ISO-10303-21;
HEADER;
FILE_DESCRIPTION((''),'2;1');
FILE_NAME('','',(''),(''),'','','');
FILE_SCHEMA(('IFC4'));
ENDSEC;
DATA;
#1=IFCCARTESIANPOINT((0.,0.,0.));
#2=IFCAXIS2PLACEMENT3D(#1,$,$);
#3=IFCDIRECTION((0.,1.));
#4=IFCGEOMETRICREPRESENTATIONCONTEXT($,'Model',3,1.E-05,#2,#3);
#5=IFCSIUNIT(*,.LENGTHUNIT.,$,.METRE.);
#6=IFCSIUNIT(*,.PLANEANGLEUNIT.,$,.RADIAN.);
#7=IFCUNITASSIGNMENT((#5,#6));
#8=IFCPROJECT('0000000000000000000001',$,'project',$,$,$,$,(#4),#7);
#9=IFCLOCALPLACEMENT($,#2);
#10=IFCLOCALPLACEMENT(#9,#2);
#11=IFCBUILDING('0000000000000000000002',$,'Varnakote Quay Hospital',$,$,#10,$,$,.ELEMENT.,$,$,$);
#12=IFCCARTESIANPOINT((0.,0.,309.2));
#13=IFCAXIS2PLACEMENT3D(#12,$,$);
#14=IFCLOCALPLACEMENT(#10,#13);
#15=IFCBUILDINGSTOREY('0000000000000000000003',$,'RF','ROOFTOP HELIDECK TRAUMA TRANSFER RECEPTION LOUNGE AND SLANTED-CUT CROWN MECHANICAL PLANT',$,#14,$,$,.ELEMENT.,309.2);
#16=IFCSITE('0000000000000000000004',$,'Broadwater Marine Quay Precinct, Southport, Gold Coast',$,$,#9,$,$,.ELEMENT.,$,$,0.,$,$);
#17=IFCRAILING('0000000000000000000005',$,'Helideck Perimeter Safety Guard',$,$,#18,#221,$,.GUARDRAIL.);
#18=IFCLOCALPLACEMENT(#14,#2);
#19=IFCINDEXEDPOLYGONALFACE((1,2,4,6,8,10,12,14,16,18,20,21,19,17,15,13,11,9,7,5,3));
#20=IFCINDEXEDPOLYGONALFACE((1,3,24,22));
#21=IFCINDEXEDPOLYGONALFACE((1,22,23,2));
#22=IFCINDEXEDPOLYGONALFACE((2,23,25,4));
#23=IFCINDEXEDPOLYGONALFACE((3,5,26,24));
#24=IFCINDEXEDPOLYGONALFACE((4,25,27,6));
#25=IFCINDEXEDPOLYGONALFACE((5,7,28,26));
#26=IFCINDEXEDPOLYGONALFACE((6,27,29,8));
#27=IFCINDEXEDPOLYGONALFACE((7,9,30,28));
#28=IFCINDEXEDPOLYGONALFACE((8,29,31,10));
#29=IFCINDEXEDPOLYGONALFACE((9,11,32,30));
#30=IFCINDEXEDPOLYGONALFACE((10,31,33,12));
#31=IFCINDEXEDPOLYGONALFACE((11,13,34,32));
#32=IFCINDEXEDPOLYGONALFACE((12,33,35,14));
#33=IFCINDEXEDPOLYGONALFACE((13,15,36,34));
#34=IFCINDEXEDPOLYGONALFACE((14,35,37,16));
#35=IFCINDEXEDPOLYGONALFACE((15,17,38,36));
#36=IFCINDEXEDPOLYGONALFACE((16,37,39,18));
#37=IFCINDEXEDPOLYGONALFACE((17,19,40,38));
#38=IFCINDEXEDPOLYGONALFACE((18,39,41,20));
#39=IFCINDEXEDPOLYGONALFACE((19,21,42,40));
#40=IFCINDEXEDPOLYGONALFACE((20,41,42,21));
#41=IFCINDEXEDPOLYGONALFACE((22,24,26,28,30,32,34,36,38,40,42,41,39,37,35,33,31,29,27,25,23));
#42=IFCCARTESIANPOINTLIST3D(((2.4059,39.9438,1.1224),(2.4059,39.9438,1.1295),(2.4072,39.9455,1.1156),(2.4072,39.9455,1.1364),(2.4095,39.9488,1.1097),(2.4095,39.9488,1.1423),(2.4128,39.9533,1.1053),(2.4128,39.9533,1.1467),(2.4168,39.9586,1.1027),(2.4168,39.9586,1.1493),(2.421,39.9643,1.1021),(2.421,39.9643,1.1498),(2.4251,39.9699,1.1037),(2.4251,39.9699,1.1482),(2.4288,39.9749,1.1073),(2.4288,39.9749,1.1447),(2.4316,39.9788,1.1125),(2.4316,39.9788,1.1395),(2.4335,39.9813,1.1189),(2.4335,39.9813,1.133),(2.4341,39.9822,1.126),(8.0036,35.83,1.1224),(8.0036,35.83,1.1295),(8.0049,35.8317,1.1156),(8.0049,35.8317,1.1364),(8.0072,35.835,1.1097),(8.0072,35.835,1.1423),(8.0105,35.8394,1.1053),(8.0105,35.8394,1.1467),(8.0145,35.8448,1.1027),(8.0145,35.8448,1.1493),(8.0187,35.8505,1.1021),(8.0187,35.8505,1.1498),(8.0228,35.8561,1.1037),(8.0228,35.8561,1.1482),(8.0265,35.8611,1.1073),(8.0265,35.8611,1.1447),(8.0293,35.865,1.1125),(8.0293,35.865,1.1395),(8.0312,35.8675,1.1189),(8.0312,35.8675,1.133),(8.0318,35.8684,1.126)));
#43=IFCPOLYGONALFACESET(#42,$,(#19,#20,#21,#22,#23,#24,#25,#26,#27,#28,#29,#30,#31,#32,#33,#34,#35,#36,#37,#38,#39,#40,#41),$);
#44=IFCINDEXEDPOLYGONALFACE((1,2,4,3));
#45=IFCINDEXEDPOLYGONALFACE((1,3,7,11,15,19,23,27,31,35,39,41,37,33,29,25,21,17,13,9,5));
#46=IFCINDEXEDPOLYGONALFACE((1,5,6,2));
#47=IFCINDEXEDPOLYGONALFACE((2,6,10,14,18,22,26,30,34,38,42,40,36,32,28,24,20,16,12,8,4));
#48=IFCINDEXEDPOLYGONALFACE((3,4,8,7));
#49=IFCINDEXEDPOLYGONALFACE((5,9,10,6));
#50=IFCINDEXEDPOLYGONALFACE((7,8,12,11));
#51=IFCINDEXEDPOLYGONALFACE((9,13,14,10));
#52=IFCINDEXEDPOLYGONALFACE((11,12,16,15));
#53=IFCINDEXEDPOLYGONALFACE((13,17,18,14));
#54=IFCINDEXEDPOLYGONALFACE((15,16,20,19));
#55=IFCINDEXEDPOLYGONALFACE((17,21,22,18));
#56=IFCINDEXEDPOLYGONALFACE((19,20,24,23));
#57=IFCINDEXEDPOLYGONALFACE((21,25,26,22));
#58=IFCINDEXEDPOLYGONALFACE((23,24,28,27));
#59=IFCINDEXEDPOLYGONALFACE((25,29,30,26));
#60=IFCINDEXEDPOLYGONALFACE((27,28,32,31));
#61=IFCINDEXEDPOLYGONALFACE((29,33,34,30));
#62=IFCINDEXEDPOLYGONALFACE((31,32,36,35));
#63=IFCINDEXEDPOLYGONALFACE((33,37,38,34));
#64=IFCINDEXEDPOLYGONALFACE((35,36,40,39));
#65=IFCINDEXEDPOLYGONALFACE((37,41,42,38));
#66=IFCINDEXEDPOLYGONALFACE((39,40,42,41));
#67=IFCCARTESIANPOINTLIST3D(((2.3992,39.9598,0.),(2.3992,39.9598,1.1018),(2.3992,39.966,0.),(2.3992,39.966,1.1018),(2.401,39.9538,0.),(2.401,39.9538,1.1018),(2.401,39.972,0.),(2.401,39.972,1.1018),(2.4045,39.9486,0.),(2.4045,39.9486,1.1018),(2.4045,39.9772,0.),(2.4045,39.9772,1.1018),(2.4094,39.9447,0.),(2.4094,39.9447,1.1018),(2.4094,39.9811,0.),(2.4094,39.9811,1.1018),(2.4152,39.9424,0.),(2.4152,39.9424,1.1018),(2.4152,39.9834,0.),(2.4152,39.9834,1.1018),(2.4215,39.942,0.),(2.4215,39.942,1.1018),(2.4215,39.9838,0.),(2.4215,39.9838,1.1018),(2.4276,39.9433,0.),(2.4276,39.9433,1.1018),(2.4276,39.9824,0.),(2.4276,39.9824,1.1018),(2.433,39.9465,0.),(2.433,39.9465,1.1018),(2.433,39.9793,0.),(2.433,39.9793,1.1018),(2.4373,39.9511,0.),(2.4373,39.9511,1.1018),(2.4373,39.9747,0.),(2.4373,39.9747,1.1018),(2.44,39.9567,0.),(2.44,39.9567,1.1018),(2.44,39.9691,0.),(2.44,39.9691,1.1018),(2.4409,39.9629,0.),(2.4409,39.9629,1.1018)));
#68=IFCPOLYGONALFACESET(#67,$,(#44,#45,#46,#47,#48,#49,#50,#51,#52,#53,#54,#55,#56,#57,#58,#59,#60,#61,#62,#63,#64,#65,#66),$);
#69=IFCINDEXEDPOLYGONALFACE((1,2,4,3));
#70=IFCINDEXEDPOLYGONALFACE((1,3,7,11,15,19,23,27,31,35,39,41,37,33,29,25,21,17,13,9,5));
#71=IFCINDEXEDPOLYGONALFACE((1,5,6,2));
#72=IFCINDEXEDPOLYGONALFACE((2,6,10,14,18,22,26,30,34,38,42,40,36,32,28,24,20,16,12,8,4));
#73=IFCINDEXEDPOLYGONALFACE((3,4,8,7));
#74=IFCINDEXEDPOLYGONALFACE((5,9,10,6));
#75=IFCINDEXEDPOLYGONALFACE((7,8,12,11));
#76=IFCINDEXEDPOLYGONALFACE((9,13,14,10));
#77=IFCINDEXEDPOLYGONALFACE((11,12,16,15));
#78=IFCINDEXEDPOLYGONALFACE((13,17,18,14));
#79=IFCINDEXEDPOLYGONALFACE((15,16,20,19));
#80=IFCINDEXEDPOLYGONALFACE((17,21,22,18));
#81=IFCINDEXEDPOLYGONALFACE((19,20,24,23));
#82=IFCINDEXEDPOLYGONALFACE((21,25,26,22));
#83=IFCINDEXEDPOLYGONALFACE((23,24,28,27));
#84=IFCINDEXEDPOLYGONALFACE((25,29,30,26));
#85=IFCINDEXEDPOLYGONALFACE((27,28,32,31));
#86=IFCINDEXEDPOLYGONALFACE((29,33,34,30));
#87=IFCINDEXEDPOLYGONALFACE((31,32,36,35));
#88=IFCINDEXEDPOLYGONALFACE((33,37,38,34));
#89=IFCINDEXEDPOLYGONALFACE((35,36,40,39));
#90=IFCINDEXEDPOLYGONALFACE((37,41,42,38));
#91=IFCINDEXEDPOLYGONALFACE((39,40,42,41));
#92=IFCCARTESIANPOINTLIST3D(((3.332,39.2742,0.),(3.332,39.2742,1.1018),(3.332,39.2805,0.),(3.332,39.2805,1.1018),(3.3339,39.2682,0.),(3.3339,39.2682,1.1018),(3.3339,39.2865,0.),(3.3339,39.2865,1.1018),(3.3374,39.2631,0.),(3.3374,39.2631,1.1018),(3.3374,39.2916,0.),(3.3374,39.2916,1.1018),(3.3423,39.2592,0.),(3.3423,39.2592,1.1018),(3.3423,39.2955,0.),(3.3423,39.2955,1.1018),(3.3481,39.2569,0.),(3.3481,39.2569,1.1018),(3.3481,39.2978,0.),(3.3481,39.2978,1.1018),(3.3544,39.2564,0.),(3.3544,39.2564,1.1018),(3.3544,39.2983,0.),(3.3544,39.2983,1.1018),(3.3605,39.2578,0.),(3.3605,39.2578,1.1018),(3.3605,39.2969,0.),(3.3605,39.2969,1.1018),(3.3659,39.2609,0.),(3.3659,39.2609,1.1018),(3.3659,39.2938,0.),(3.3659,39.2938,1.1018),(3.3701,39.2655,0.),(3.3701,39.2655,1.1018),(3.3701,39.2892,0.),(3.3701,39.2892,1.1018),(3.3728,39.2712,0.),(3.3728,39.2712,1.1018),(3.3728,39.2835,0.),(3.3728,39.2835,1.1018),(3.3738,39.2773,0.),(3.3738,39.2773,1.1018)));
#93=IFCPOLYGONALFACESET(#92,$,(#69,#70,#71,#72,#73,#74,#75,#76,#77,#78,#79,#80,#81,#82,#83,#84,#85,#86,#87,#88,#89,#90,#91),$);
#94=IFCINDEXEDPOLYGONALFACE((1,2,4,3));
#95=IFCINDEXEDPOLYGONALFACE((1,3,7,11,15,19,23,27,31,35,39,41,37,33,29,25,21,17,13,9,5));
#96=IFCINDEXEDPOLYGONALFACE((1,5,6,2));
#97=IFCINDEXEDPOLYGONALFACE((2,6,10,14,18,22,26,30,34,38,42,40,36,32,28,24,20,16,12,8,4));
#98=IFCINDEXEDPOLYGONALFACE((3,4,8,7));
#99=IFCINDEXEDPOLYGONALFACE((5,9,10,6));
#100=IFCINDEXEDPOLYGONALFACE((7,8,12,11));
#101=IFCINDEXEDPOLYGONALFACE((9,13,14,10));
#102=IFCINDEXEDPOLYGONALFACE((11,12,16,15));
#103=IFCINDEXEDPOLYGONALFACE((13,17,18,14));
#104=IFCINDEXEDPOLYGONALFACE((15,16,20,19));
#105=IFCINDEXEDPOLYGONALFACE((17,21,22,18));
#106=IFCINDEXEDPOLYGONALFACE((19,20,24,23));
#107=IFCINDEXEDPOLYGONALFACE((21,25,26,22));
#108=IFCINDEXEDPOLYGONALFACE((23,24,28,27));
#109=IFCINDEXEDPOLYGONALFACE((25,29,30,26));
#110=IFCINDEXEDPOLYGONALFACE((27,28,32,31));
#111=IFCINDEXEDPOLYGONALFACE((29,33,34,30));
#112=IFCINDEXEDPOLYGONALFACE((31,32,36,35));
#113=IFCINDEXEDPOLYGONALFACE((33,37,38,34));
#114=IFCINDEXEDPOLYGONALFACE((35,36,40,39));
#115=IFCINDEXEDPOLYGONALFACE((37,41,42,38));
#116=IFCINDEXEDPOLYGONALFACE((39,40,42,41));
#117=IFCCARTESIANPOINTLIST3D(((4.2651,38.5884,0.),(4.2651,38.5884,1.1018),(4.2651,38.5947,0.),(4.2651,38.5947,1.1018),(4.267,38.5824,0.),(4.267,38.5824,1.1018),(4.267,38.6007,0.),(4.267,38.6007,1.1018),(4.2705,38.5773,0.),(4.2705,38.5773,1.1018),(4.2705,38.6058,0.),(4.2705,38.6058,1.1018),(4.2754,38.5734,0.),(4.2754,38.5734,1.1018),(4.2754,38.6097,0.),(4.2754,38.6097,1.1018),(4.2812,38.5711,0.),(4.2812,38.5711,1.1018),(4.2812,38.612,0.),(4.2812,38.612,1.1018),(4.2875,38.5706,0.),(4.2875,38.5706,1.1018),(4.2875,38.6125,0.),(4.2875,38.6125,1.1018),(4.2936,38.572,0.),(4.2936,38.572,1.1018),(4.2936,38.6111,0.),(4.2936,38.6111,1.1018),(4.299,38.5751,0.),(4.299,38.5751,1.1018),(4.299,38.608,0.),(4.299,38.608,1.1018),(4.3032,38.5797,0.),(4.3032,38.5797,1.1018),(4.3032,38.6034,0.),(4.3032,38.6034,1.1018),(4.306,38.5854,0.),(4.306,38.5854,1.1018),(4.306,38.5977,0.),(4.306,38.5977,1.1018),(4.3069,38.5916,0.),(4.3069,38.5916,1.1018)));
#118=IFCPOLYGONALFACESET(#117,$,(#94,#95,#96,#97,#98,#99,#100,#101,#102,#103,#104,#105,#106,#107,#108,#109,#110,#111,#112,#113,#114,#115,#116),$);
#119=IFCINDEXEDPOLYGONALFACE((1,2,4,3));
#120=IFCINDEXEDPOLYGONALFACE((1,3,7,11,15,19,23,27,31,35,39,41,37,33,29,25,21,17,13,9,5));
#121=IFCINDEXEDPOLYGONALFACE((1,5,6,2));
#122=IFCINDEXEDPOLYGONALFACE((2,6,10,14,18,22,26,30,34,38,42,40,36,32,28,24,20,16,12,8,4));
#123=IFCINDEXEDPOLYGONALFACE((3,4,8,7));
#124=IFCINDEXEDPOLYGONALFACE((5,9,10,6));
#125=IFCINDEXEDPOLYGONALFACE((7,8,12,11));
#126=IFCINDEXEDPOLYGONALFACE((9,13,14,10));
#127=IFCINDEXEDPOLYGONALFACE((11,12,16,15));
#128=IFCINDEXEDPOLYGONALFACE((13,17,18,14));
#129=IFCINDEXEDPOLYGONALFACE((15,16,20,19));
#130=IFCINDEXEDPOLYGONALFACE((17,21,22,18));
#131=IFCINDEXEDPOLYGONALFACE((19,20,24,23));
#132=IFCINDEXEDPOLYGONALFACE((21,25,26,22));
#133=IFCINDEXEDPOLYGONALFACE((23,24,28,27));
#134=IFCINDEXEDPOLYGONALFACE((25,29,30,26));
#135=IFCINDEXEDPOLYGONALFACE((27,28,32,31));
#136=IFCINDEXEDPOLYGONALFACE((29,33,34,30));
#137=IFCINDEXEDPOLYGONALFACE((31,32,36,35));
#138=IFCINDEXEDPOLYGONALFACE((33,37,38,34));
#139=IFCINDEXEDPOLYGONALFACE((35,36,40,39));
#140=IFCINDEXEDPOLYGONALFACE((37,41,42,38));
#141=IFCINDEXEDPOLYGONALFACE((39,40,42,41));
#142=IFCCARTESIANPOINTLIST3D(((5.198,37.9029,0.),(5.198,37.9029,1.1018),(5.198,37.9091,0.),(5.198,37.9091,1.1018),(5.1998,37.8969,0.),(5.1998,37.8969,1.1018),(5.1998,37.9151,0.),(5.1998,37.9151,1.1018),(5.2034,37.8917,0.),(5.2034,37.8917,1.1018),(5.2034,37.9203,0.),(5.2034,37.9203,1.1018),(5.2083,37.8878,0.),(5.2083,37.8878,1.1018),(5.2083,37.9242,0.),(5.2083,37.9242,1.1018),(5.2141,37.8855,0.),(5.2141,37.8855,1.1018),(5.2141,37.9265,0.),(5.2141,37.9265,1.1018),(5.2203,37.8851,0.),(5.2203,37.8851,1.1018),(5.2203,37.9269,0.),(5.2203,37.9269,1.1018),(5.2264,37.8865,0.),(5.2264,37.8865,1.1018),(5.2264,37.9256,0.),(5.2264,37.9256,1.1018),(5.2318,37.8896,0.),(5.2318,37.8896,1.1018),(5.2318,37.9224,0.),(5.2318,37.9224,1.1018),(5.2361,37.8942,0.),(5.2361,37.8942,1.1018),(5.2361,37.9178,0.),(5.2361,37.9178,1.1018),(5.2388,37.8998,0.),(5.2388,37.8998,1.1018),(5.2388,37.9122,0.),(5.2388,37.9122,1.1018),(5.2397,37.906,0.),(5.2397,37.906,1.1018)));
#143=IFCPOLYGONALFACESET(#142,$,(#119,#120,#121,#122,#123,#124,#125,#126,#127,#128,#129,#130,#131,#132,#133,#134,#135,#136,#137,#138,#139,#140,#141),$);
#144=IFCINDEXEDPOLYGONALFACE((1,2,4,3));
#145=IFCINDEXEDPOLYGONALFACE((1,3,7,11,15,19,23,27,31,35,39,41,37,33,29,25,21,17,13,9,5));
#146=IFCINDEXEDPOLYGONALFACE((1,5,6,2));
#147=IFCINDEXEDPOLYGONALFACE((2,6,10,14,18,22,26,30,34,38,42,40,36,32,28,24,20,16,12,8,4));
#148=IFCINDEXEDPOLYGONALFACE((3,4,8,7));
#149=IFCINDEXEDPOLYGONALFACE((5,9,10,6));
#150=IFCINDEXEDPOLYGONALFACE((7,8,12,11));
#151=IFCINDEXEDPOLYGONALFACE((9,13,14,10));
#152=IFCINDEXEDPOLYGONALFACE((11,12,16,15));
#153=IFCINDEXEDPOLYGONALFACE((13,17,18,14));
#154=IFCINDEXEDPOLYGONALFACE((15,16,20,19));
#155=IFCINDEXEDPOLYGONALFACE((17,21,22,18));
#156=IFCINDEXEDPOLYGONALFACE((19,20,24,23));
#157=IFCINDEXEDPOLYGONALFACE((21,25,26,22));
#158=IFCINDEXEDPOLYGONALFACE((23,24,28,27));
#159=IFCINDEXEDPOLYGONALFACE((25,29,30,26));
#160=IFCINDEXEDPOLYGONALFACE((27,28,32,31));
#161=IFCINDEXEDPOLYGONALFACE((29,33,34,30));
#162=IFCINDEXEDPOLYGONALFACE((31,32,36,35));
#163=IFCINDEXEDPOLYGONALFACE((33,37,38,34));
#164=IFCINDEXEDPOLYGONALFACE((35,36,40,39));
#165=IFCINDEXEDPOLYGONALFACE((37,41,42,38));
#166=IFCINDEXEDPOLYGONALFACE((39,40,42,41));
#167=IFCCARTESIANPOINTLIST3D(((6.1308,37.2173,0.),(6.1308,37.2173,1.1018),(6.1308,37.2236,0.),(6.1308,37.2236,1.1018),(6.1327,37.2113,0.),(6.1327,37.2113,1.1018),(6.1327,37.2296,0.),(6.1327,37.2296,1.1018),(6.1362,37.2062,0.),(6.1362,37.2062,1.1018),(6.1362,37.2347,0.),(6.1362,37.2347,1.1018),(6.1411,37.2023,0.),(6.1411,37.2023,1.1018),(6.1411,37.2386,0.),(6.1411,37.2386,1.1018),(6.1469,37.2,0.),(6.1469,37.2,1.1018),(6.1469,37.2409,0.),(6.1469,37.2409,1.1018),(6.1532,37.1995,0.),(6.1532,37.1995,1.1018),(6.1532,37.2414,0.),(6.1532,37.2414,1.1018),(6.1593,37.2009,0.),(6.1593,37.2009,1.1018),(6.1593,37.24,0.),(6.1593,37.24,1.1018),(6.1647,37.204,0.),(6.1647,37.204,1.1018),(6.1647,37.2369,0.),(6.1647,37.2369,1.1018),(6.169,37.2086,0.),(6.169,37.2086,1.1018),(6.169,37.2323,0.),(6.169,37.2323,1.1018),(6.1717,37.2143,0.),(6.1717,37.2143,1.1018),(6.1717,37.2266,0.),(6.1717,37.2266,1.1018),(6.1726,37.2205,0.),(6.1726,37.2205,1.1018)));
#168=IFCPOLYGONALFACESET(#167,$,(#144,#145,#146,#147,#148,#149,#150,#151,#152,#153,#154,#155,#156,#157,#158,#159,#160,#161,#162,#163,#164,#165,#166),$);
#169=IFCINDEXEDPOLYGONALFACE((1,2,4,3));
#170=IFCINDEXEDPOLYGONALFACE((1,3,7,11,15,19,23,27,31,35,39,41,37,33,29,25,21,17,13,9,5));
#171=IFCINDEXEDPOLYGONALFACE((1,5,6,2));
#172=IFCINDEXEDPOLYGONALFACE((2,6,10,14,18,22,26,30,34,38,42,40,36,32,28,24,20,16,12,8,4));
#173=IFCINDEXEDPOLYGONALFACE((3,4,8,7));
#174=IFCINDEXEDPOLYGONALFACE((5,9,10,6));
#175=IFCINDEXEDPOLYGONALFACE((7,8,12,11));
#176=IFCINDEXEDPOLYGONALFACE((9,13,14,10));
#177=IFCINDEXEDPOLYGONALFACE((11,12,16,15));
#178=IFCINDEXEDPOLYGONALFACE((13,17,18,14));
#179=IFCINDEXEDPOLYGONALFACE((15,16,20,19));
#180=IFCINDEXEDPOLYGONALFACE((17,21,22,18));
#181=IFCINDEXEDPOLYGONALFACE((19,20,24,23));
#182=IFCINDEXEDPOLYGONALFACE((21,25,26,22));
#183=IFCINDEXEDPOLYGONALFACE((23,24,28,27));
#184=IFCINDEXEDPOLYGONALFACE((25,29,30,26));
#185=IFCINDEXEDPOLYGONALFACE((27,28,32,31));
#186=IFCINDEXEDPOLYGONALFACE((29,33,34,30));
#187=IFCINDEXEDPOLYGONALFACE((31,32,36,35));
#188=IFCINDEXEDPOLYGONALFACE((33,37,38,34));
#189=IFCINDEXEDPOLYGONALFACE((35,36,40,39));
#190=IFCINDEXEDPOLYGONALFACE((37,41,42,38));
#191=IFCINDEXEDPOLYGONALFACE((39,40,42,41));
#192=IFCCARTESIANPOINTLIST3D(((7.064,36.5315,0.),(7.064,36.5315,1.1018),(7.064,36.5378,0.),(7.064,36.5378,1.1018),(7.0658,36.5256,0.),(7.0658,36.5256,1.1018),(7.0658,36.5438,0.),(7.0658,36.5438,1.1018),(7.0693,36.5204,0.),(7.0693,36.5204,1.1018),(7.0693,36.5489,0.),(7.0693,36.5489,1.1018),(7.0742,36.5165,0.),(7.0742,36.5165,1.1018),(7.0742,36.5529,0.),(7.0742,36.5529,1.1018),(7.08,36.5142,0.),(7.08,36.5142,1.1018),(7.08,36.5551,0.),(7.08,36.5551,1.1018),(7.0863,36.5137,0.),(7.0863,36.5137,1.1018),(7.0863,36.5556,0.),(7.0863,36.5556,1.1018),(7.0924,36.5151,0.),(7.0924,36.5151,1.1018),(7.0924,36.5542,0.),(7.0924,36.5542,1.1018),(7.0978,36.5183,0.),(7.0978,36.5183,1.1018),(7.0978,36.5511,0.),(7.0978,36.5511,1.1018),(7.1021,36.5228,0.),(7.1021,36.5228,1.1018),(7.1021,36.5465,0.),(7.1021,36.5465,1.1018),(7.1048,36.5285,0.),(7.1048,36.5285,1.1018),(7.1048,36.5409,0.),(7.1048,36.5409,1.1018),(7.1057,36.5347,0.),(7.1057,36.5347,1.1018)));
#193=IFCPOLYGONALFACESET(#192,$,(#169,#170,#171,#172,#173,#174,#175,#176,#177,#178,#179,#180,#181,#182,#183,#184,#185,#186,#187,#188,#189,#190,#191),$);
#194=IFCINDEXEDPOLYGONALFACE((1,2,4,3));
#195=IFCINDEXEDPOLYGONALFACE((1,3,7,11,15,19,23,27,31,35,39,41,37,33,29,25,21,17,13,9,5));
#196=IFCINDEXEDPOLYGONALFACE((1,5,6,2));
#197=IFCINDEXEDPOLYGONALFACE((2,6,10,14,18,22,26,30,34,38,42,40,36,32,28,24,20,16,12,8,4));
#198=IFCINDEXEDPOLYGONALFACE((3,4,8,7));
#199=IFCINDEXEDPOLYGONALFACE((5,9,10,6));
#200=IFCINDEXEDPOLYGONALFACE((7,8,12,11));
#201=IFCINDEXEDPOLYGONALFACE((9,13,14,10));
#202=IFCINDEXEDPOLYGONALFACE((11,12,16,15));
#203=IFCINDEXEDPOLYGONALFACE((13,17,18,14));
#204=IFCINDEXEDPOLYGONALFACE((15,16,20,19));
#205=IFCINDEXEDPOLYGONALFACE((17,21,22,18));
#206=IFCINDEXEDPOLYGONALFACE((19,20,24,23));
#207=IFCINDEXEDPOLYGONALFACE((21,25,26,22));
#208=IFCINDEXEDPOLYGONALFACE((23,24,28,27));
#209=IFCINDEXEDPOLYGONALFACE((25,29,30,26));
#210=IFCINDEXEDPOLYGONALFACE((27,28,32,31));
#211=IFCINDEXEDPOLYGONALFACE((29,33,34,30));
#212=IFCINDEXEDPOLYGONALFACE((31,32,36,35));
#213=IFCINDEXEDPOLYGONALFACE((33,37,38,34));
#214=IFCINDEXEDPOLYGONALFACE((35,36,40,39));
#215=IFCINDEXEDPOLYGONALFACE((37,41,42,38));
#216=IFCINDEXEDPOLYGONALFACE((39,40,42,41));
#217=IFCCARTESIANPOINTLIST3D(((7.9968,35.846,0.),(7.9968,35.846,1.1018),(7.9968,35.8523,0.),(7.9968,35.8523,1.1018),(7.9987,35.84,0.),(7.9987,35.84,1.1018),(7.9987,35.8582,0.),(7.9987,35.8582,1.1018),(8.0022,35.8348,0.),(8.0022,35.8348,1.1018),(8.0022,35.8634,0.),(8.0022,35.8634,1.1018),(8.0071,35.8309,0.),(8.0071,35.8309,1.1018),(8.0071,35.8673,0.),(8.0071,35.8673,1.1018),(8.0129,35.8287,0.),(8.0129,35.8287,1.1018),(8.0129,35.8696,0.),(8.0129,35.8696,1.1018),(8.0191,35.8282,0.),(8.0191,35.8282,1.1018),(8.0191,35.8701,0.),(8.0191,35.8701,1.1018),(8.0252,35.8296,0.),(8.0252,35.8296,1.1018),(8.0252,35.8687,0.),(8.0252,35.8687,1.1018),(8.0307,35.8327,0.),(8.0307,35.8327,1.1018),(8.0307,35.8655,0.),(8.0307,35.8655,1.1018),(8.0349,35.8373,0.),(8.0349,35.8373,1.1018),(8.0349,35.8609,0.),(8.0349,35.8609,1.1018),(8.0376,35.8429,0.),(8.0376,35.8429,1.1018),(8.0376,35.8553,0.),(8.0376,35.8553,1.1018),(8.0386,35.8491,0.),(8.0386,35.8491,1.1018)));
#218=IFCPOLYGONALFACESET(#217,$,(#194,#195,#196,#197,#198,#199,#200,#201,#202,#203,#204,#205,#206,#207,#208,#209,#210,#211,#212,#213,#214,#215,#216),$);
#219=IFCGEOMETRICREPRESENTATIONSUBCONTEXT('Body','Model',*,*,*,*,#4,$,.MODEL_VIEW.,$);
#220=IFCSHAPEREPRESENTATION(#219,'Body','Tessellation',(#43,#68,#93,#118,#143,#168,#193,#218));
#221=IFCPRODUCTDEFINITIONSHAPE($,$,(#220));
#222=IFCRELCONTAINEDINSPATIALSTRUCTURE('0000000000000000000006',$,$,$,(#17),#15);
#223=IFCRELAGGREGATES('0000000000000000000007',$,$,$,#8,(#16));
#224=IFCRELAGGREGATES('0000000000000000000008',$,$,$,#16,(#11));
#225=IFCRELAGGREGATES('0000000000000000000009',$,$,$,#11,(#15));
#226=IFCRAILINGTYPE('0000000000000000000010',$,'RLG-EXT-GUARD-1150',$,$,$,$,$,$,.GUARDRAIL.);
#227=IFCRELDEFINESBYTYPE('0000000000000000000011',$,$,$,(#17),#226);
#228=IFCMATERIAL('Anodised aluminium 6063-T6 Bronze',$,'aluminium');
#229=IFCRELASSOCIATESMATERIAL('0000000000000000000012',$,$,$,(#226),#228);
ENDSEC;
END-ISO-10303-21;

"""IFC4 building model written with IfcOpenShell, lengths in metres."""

from ifc_helpers import new_model, si_unit, direction, frame, origin, origin_2d, place, context, subcontext, project, spatial, circle, extrude, material, type_object, element, save


model = new_model("IFC4")

# Units and contexts
model_context = context("Model", 3, precision=1e-05, world=origin(), true_north=direction((0.0, 1.0)))
body_context = subcontext(model_context, "Body", "Model", "MODEL_VIEW")
ifc_project = project(units=[si_unit("LENGTHUNIT", "METRE"), si_unit("PLANEANGLEUNIT", "RADIAN")], contexts=[model_context])

# Site, building, storey
site_placement = place(None, origin())
site = spatial("IfcSite", under=ifc_project, at=site_placement, Name="Broadwater Marine Quay Precinct, Southport, Gold Coast", CompositionType="ELEMENT", RefElevation=0.0)
building_placement = place(site_placement, origin())
building = spatial("IfcBuilding", under=site, at=building_placement, Name="Varnakote Quay Hospital", CompositionType="ELEMENT")
storey_placement = place(building_placement, frame((0.0, 0.0, 309.2)))
storey = spatial("IfcBuildingStorey", under=building, at=storey_placement, Name="RF", Description="ROOFTOP HELIDECK TRAUMA TRANSFER RECEPTION LOUNGE AND SLANTED-CUT CROWN MECHANICAL PLANT", CompositionType="ELEMENT", Elevation=309.2)

# Railing
ifc_material_1 = material(Name="Anodised aluminium 6063-T6 Bronze", Category="aluminium")
railing_type = type_object("IfcRailingType", Name="RLG-EXT-GUARD-1150", PredefinedType="GUARDRAIL", material=ifc_material_1)
railing_1_placement = place(storey_placement, frame((2.4199, 39.9629, 0.0)))
element("IfcRailing", 1, at=railing_1_placement, inside=storey, type_object=railing_type, Name="Helideck Perimeter Safety Guard", PredefinedType="GUARDRAIL", context=body_context, shape_type="SweptSolid", body=[
    extrude(circle(Radius=0.0239, at=origin_2d()), frame((0.0, 0.0, 1.126), z_axis=(0.805799, -0.592189, 0.0), x_axis=(0.592189, 0.805799, 0.0)), (0.0, 0.0, 1.0), 6.9468),
    extrude(circle(Radius=0.021, at=origin_2d()), origin(), (0.0, 0.0, 1.0), 1.1018),
    extrude(circle(Radius=0.021, at=origin_2d()), frame((0.9329, -0.6855, 0.0)), (0.0, 0.0, 1.0), 1.1018),
    extrude(circle(Radius=0.021, at=origin_2d()), frame((1.866, -1.3713, 0.0)), (0.0, 0.0, 1.0), 1.1018),
    extrude(circle(Radius=0.021, at=origin_2d()), frame((2.7988, -2.0569, 0.0)), (0.0, 0.0, 1.0), 1.1018),
    extrude(circle(Radius=0.021, at=origin_2d()), frame((3.7317, -2.7424, 0.0)), (0.0, 0.0, 1.0), 1.1018),
    extrude(circle(Radius=0.021, at=origin_2d()), frame((4.6648, -3.4282, 0.0)), (0.0, 0.0, 1.0), 1.1018),
    extrude(circle(Radius=0.021, at=origin_2d()), frame((5.5977, -4.1138, 0.0)), (0.0, 0.0, 1.0), 1.1018),
])

save(model, "model.ifc")
